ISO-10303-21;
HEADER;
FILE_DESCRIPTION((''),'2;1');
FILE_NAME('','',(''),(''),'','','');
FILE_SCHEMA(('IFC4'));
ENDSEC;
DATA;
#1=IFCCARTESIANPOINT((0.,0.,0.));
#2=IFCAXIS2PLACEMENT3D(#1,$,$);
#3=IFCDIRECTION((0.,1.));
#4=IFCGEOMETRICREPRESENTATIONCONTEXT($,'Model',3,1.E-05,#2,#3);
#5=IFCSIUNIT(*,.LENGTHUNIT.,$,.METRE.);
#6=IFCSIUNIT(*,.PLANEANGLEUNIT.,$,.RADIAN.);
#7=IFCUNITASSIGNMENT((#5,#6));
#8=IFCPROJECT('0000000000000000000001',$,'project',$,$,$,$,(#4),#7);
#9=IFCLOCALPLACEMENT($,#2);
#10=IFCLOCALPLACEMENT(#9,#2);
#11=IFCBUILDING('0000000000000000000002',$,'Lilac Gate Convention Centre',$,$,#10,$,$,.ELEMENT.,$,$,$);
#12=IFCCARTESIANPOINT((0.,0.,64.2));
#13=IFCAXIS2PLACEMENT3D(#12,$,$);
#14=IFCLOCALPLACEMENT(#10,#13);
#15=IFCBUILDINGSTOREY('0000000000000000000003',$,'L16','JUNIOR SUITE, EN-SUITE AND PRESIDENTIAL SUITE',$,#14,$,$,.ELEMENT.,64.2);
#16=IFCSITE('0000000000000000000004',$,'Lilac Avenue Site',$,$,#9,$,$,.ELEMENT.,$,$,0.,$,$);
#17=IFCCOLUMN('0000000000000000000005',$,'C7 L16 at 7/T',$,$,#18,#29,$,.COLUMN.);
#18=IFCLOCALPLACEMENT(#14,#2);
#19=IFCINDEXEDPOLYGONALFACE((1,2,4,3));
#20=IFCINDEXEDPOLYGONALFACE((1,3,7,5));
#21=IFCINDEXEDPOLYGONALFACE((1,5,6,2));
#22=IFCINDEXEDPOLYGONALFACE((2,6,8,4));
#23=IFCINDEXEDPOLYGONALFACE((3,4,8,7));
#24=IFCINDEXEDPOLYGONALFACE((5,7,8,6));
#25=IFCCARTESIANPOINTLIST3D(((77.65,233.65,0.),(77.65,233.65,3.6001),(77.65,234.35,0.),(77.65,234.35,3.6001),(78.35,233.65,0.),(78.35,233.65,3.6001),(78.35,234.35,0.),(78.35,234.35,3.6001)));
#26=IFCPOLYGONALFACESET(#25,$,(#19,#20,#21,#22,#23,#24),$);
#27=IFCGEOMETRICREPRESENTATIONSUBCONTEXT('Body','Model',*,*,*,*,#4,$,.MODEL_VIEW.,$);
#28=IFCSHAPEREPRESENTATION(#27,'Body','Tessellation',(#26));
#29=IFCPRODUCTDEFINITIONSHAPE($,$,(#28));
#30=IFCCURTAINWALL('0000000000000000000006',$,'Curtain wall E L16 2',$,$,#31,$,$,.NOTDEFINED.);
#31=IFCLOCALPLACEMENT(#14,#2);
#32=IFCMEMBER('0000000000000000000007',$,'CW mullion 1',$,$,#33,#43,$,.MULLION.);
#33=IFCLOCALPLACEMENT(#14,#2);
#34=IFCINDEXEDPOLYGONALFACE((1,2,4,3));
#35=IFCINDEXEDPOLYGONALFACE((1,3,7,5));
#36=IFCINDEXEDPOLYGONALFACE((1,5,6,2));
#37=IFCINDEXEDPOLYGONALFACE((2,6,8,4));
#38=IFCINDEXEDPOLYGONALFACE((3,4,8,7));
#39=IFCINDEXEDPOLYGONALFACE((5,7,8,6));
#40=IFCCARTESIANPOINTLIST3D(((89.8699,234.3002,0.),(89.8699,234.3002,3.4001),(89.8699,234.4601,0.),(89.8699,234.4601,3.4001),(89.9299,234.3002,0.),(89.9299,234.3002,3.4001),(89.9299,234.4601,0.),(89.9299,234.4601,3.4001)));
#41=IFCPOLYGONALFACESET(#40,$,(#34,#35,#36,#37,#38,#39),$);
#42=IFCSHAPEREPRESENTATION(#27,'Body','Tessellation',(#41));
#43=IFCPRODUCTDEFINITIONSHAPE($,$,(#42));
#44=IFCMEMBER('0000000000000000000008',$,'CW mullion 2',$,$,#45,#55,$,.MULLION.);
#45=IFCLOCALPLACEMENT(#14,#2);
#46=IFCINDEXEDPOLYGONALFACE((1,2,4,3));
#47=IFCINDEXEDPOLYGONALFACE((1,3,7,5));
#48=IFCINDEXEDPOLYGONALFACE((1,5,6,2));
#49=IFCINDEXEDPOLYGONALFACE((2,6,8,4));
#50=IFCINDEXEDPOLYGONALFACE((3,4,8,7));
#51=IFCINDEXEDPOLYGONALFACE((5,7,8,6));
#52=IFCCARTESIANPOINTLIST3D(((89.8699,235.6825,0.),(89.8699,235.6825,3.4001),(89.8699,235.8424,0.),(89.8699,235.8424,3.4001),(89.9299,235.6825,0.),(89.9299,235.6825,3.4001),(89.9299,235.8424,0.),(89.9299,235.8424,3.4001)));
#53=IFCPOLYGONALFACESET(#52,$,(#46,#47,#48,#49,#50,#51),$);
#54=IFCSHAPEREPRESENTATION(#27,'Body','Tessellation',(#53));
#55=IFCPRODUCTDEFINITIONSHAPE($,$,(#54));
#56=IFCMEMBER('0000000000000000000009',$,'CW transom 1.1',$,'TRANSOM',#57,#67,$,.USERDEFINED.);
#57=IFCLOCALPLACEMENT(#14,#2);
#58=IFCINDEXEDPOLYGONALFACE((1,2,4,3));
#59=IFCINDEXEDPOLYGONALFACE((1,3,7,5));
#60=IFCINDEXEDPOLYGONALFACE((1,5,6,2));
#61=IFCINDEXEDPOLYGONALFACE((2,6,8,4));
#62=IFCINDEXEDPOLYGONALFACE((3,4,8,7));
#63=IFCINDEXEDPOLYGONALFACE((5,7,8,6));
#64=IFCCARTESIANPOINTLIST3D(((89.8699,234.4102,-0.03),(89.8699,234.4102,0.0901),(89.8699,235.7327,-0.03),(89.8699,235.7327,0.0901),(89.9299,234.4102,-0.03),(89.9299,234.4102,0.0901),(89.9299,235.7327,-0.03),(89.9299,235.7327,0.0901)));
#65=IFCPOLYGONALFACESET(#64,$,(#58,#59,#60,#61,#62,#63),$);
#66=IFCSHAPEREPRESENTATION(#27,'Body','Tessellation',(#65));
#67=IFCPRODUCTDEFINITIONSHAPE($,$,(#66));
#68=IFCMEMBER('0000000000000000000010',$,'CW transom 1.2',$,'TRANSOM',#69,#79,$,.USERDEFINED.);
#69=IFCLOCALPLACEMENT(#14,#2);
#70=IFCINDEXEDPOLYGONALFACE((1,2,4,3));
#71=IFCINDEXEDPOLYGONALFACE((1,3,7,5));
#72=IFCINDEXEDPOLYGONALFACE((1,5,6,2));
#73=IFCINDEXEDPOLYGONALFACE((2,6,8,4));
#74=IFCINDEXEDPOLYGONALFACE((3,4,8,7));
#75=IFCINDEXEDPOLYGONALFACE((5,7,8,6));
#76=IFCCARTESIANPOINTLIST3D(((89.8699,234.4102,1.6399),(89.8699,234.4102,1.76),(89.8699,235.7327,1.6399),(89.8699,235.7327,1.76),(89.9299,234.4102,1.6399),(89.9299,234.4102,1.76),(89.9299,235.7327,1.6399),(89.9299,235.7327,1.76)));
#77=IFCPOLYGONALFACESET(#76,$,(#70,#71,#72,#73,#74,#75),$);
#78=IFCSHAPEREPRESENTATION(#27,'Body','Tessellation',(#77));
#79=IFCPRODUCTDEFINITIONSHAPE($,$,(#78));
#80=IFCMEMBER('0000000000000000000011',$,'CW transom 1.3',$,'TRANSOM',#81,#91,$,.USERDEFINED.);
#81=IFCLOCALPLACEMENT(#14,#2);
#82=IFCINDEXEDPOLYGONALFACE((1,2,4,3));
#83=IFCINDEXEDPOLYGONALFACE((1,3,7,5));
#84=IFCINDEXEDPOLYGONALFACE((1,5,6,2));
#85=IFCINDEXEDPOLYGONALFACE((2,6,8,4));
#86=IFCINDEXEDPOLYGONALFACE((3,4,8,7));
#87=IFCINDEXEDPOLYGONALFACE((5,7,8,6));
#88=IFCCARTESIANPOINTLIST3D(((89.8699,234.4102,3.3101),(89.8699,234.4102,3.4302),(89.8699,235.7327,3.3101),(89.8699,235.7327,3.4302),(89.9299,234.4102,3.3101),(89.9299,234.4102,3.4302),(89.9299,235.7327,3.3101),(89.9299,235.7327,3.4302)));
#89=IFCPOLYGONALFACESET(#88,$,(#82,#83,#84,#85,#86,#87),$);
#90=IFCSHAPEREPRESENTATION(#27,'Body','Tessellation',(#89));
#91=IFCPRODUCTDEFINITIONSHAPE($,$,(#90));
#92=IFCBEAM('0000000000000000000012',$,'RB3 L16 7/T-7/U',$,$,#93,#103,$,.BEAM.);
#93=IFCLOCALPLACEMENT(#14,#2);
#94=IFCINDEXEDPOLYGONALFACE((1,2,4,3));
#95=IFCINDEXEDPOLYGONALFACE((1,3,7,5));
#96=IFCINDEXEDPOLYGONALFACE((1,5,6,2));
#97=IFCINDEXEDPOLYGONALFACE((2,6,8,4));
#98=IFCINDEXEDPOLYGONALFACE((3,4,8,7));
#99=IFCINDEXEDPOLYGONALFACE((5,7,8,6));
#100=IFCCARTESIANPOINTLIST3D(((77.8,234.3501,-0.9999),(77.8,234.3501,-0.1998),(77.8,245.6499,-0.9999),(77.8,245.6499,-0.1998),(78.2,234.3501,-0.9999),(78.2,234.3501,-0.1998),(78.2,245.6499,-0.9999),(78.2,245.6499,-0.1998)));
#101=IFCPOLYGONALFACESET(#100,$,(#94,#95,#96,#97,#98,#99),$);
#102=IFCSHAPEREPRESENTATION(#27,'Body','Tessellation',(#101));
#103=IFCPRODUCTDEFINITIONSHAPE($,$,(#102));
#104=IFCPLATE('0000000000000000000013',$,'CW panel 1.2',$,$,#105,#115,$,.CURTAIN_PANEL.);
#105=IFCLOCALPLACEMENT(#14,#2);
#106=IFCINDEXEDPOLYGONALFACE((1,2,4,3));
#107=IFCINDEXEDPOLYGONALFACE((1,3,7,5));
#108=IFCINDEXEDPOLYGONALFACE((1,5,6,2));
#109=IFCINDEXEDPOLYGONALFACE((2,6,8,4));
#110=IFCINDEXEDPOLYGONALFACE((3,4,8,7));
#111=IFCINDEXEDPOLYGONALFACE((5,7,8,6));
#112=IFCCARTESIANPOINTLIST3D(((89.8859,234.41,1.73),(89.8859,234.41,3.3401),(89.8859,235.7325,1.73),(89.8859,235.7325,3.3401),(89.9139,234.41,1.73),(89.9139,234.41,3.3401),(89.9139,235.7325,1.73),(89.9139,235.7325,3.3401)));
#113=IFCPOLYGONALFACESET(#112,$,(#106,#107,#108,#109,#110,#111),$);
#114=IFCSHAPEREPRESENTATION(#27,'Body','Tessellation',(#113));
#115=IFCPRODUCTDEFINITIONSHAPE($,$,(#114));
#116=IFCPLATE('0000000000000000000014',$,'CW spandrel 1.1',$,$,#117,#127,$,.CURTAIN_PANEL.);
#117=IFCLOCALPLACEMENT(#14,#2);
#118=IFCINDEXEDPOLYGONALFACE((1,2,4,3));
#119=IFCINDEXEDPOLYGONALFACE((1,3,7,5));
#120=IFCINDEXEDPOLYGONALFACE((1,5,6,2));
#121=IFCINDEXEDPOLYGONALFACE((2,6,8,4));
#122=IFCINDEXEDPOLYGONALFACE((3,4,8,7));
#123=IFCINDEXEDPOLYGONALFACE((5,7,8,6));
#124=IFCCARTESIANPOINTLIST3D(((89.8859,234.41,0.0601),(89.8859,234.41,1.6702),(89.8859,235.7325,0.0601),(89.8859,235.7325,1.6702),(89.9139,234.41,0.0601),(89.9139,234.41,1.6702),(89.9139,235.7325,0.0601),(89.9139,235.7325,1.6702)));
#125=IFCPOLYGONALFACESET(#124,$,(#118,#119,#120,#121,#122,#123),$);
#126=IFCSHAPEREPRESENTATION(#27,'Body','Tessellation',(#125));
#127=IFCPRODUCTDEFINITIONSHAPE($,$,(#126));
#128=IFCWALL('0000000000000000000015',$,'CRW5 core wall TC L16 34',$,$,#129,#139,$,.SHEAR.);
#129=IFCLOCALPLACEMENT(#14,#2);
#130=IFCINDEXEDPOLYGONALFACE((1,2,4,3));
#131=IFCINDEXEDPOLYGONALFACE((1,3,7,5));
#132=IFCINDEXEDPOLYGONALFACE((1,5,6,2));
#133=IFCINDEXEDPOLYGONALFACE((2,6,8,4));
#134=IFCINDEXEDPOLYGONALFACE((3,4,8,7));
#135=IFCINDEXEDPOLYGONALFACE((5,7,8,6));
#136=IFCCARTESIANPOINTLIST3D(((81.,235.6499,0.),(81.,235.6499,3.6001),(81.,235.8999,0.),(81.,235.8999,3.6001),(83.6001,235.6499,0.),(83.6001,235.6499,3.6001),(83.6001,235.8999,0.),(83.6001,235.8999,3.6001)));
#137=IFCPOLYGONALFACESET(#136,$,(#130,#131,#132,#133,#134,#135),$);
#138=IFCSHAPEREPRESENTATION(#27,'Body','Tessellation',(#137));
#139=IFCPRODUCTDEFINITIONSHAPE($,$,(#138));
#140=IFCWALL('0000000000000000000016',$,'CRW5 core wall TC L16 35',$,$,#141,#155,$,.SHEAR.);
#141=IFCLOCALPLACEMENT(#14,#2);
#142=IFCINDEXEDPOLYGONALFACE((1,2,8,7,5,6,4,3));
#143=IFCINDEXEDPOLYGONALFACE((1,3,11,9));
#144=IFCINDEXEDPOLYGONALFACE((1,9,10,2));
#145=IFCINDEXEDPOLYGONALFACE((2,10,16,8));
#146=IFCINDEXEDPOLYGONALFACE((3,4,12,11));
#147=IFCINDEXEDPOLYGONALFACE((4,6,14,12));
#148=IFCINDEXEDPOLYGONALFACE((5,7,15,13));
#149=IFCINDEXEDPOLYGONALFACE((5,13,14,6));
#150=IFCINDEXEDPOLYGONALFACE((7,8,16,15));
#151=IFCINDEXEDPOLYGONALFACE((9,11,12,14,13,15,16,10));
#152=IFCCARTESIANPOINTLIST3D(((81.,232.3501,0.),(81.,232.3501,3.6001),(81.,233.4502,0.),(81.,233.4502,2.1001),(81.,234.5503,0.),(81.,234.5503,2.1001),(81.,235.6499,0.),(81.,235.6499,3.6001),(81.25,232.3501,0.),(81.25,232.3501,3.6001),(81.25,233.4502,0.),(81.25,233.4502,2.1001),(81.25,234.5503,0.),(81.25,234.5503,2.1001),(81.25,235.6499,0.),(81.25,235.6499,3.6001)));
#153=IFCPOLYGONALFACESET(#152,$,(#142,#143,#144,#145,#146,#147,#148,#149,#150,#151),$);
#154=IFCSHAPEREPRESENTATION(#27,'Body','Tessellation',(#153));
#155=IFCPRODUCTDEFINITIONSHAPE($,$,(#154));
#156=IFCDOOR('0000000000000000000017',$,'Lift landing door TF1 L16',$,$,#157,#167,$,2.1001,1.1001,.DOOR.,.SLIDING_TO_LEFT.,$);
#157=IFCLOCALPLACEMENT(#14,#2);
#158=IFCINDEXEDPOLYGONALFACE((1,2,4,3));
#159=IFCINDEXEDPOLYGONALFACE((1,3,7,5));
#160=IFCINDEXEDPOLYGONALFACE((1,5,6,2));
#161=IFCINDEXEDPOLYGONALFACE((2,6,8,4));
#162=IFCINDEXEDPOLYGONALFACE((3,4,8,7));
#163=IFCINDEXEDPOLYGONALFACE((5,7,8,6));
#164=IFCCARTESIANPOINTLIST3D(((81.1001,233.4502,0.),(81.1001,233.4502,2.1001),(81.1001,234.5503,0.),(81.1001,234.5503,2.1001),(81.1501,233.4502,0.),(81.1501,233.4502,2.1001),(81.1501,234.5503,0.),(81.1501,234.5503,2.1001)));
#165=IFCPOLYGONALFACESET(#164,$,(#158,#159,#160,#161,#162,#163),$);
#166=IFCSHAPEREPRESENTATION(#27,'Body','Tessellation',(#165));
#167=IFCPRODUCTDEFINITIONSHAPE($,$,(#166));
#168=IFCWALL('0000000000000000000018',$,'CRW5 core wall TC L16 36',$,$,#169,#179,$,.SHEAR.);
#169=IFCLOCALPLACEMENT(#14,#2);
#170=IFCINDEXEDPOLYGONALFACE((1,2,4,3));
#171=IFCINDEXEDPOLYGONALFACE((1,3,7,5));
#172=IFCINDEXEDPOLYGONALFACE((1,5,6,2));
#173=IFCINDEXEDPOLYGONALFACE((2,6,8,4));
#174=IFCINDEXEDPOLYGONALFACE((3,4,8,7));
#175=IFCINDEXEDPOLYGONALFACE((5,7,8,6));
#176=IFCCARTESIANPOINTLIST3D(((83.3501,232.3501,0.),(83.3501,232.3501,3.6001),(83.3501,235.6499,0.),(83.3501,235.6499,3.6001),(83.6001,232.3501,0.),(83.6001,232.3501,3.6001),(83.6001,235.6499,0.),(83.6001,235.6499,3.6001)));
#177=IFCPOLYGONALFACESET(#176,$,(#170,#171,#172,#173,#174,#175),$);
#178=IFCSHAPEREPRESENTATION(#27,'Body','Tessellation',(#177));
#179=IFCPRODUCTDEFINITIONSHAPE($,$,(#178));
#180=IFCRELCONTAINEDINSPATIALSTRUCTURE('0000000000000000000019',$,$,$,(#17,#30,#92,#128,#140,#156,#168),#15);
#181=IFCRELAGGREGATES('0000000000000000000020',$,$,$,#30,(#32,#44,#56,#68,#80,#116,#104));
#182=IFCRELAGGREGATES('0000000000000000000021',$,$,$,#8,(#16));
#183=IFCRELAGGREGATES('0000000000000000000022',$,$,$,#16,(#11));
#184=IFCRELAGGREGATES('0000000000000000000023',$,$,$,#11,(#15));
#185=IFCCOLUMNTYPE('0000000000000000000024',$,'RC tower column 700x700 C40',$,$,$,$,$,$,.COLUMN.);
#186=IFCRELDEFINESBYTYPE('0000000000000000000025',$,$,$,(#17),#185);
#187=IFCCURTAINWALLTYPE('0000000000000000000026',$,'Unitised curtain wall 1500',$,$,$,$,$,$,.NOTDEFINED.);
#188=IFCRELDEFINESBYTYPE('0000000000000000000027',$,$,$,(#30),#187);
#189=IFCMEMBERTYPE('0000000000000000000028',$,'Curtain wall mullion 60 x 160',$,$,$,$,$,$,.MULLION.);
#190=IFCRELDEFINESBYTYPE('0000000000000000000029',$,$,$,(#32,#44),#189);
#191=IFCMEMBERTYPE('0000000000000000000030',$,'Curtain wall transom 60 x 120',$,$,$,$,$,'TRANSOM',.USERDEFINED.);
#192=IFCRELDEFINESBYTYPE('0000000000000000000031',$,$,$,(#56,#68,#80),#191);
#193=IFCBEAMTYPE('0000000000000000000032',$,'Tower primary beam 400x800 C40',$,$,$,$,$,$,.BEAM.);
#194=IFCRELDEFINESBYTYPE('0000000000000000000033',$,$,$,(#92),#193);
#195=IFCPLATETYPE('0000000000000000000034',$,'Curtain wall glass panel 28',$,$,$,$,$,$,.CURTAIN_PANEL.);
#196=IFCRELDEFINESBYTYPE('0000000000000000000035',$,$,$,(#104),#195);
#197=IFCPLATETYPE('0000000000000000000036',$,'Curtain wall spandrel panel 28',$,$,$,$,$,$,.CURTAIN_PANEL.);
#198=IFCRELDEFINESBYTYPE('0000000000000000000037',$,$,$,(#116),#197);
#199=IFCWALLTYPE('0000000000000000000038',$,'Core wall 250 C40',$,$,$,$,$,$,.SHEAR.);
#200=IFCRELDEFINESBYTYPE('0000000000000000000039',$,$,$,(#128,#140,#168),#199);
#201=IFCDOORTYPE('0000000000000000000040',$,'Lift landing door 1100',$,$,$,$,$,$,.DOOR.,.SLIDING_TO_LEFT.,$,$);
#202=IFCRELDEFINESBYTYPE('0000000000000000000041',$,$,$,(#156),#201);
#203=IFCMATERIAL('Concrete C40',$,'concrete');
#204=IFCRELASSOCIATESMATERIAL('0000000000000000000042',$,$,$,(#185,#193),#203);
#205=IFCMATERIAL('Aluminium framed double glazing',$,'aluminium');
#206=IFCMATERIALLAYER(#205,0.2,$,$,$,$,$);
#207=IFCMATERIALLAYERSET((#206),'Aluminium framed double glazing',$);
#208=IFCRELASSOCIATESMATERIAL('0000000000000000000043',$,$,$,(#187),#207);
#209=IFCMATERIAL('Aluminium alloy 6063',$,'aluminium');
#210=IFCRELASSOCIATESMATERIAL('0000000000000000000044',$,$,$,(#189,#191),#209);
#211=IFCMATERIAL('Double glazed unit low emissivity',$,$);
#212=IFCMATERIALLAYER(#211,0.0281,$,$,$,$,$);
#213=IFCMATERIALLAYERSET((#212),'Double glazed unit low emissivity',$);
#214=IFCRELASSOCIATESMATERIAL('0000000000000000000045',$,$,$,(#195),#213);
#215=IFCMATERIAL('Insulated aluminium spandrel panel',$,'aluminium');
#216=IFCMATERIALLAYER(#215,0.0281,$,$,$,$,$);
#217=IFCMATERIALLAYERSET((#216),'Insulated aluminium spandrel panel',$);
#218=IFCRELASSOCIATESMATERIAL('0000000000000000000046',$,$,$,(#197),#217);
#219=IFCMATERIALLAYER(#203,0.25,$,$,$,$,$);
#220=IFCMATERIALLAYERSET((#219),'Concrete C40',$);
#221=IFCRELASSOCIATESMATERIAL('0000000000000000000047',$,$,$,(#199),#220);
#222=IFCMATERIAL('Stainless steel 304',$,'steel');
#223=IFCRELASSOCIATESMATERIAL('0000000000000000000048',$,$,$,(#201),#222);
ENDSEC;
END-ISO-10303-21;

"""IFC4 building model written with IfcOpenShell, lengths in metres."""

from ifc_helpers import new_model, si_unit, direction, frame, frame_2d, origin, origin_2d, place, context, subcontext, project, spatial, rectangle, extrude, material, layer, layer_set, material_profile, profile_set, type_object, element, fill, aggregate, save


model = new_model("IFC4")

# Units and contexts
model_context = context("Model", 3, precision=1e-05, world=origin(), true_north=direction((0.0, 1.0)))
body_context = subcontext(model_context, "Body", "Model", "MODEL_VIEW")
ifc_project = project(units=[si_unit("LENGTHUNIT", "METRE"), si_unit("PLANEANGLEUNIT", "RADIAN")], contexts=[model_context])

# Site, building, storey
site_placement = place(None, origin())
site = spatial("IfcSite", under=ifc_project, at=site_placement, Name="Lilac Avenue Site", CompositionType="ELEMENT", RefElevation=0.0)
building_placement = place(site_placement, origin())
building = spatial("IfcBuilding", under=site, at=building_placement, Name="Lilac Gate Convention Centre", CompositionType="ELEMENT")
storey_placement = place(building_placement, frame((0.0, 0.0, 64.2)))
storey = spatial("IfcBuildingStorey", under=building, at=storey_placement, Name="L16", Description="JUNIOR SUITE, EN-SUITE AND PRESIDENTIAL SUITE", CompositionType="ELEMENT", Elevation=64.2)

# Column
ifc_material_1 = material(Name="Concrete C40", Category="concrete")
ifc_material_profile_1 = material_profile(ifc_material_1, rectangle(XDim=0.7, YDim=0.7, at=origin_2d()), Name="RC 700x700")
ifc_profile_set_1 = profile_set([ifc_material_profile_1], Name="Concrete C40")
column_type = type_object("IfcColumnType", Name="RC tower column 700x700 C40", PredefinedType="COLUMN", material=ifc_profile_set_1)
column_placement = place(storey_placement, frame((78.0, 234.0, 0.0), z_axis=(0.0, 0.0, 1.0), x_axis=(1.0, 0.0, 0.0)))
element("IfcColumn", 1, at=column_placement, inside=storey, type_object=column_type, Name="C7 L16 at 7/T", PredefinedType="COLUMN", context=body_context, shape_type="SweptSolid", body=[
    extrude(rectangle(XDim=0.7, YDim=0.7, at=origin_2d()), origin(), (0.0, 0.0, 1.0), 3.6001),
])

# Curtain wall, members
ifc_material_2 = material(Name="Aluminium framed double glazing", Category="aluminium")
ifc_layer_1 = layer(ifc_material_2, 0.2)
ifc_layer_set_1 = layer_set([ifc_layer_1], Name="Aluminium framed double glazing")
curtain_wall_type = type_object("IfcCurtainWallType", Name="Unitised curtain wall 1500", PredefinedType="NOTDEFINED", material=ifc_layer_set_1)
curtain_wall_placement = place(storey_placement, origin())
curtain_wall = element("IfcCurtainWall", 2, at=curtain_wall_placement, inside=storey, type_object=curtain_wall_type, Name="Curtain wall E L16 2", PredefinedType="NOTDEFINED")
ifc_material_3 = material(Name="Aluminium alloy 6063", Category="aluminium")
ifc_material_profile_2 = material_profile(ifc_material_3, rectangle(XDim=0.0601, YDim=0.1599, at=origin_2d()), Name="Curtain wall mullion 60 x 160")
ifc_profile_set_2 = profile_set([ifc_material_profile_2], Name="Aluminium alloy 6063")
member_type_1 = type_object("IfcMemberType", Name="Curtain wall mullion 60 x 160", PredefinedType="MULLION", material=ifc_profile_set_2)
member_1_placement = place(storey_placement, frame((89.8999, 234.3801, 0.0), z_axis=(0.0, 0.0, 1.0), x_axis=(-1.0, 0.0, 0.0)))
member_1 = element("IfcMember", 3, at=member_1_placement, type_object=member_type_1, Name="CW mullion 1", PredefinedType="MULLION", context=body_context, shape_type="SweptSolid", body=[
    extrude(rectangle(XDim=0.0601, YDim=0.1599, at=origin_2d()), origin(), (0.0, 0.0, 1.0), 3.4001),
])
member_2_placement = place(storey_placement, frame((89.8999, 235.7625, 0.0), z_axis=(0.0, 0.0, 1.0), x_axis=(-1.0, 0.0, 0.0)))
member_2 = element("IfcMember", 4, at=member_2_placement, type_object=member_type_1, Name="CW mullion 2", PredefinedType="MULLION", context=body_context, shape_type="SweptSolid", body=[
    extrude(rectangle(XDim=0.0601, YDim=0.1599, at=origin_2d()), origin(), (0.0, 0.0, 1.0), 3.4001),
])
ifc_material_profile_3 = material_profile(ifc_material_3, rectangle(XDim=0.0601, YDim=0.1201, at=origin_2d()), Name="Curtain wall transom 60 x 120")
ifc_profile_set_3 = profile_set([ifc_material_profile_3], Name="Aluminium alloy 6063")
member_type_2 = type_object("IfcMemberType", Name="Curtain wall transom 60 x 120", ElementType="TRANSOM", PredefinedType="USERDEFINED", material=ifc_profile_set_3)
member_3_placement = place(storey_placement, frame((89.8999, 234.4102, 0.03), z_axis=(0.0, 1.0, 0.0), x_axis=(-1.0, 0.0, 0.0)))
member_3 = element("IfcMember", 5, at=member_3_placement, type_object=member_type_2, Name="CW transom 1.1", ObjectType="TRANSOM", PredefinedType="USERDEFINED", context=body_context, shape_type="SweptSolid", body=[
    extrude(rectangle(XDim=0.0601, YDim=0.1201, at=origin_2d()), origin(), (0.0, 0.0, 1.0), 1.3225),
])
member_4_placement = place(storey_placement, frame((89.8999, 234.4102, 1.7), z_axis=(0.0, 1.0, 0.0), x_axis=(-1.0, 0.0, 0.0)))
member_4 = element("IfcMember", 6, at=member_4_placement, type_object=member_type_2, Name="CW transom 1.2", ObjectType="TRANSOM", PredefinedType="USERDEFINED", context=body_context, shape_type="SweptSolid", body=[
    extrude(rectangle(XDim=0.0601, YDim=0.1201, at=origin_2d()), origin(), (0.0, 0.0, 1.0), 1.3225),
])
member_5_placement = place(storey_placement, frame((89.8999, 234.4102, 3.3701), z_axis=(0.0, 1.0, 0.0), x_axis=(-1.0, 0.0, 0.0)))
member_5 = element("IfcMember", 7, at=member_5_placement, type_object=member_type_2, Name="CW transom 1.3", ObjectType="TRANSOM", PredefinedType="USERDEFINED", context=body_context, shape_type="SweptSolid", body=[
    extrude(rectangle(XDim=0.0601, YDim=0.1201, at=origin_2d()), origin(), (0.0, 0.0, 1.0), 1.3225),
])

# Beam
ifc_material_profile_4 = material_profile(ifc_material_1, rectangle(XDim=0.3999, YDim=0.8, at=origin_2d()), Name="RC 400x800")
ifc_profile_set_4 = profile_set([ifc_material_profile_4], Name="Concrete C40")
beam_type = type_object("IfcBeamType", Name="Tower primary beam 400x800 C40", PredefinedType="BEAM", material=ifc_profile_set_4)
beam_placement = place(storey_placement, frame((78.0, 234.3501, -0.5999), z_axis=(0.0, 1.0, 0.0), x_axis=(-1.0, 0.0, 0.0)))
element("IfcBeam", 8, at=beam_placement, inside=storey, type_object=beam_type, Name="RB3 L16 7/T-7/U", PredefinedType="BEAM", context=body_context, shape_type="SweptSolid", body=[
    extrude(rectangle(XDim=0.3999, YDim=0.8, at=origin_2d()), origin(), (0.0, 0.0, 1.0), 11.2998),
])

# Plates
ifc_material_4 = material(Name="Double glazed unit low emissivity")
ifc_layer_2 = layer(ifc_material_4, 0.0281)
ifc_layer_set_2 = layer_set([ifc_layer_2], Name="Double glazed unit low emissivity")
plate_type_1 = type_object("IfcPlateType", Name="Curtain wall glass panel 28", PredefinedType="CURTAIN_PANEL", material=ifc_layer_set_2)
plate_1_placement = place(storey_placement, frame((89.8999, 235.0713, 1.73), z_axis=(0.0, 0.0, 1.0), x_axis=(0.0, 1.0, 0.0)))
plate_1 = element("IfcPlate", 9, at=plate_1_placement, type_object=plate_type_1, Name="CW panel 1.2", PredefinedType="CURTAIN_PANEL", context=body_context, shape_type="SweptSolid", body=[
    extrude(rectangle(XDim=1.3225, YDim=0.0281, at=origin_2d()), origin(), (0.0, 0.0, 1.0), 1.6101),
])
ifc_material_5 = material(Name="Insulated aluminium spandrel panel", Category="aluminium")
ifc_layer_3 = layer(ifc_material_5, 0.0281)
ifc_layer_set_3 = layer_set([ifc_layer_3], Name="Insulated aluminium spandrel panel")
plate_type_2 = type_object("IfcPlateType", Name="Curtain wall spandrel panel 28", PredefinedType="CURTAIN_PANEL", material=ifc_layer_set_3)
plate_2_placement = place(storey_placement, frame((89.8999, 235.0713, 0.0601), z_axis=(0.0, 0.0, 1.0), x_axis=(0.0, 1.0, 0.0)))
plate_2 = element("IfcPlate", 10, at=plate_2_placement, type_object=plate_type_2, Name="CW spandrel 1.1", PredefinedType="CURTAIN_PANEL", context=body_context, shape_type="SweptSolid", body=[
    extrude(rectangle(XDim=1.3225, YDim=0.0281, at=origin_2d()), origin(), (0.0, 0.0, 1.0), 1.6101),
])
aggregate(curtain_wall, [member_1, member_2, member_3, member_4, member_5, plate_2, plate_1])

# Wall
ifc_layer_4 = layer(ifc_material_1, 0.25)
ifc_layer_set_4 = layer_set([ifc_layer_4], Name="Concrete C40")
wall_type_1 = type_object("IfcWallType", Name="Core wall 250 C40", PredefinedType="SHEAR", material=ifc_layer_set_4)
wall_1_placement = place(storey_placement, frame((81.0, 235.7749, 0.0), z_axis=(0.0, 0.0, 1.0), x_axis=(1.0, 0.0, 0.0)))
element("IfcWall", 11, at=wall_1_placement, inside=storey, type_object=wall_type_1, Name="CRW5 core wall TC L16 34", PredefinedType="SHEAR", context=body_context, shape_type="SweptSolid", body=[
    extrude(rectangle(XDim=2.6001, YDim=0.25, at=frame_2d((1.3, 0.0))), origin(), (0.0, 0.0, 1.0), 3.6001),
])

# Wall, opening, door
wall_2_placement = place(storey_placement, frame((81.125, 232.3501, 0.0), z_axis=(0.0, 0.0, 1.0), x_axis=(0.0, 1.0, 0.0)))
wall_2 = element("IfcWall", 12, at=wall_2_placement, inside=storey, type_object=wall_type_1, Name="CRW5 core wall TC L16 35", PredefinedType="SHEAR", context=body_context, shape_type="SweptSolid", body=[
    extrude(rectangle(XDim=3.2998, YDim=0.25, at=frame_2d((1.6499, 0.0))), origin(), (0.0, 0.0, 1.0), 3.6001),
])
opening_1_placement = place(wall_2_placement, frame((1.1001, 0.0, 0.0)))
opening_1 = element("IfcOpeningElement", 13, at=opening_1_placement, cuts=wall_2, PredefinedType="OPENING", context=body_context, shape_type="SweptSolid", body=[
    extrude(rectangle(XDim=1.1001, YDim=2.1001, at=frame_2d((0.55, 1.05))), frame((0.0, 0.135, 0.0), z_axis=(0.0, -1.0, 0.0), x_axis=(1.0, 0.0, 0.0)), (0.0, 0.0, 1.0), 0.27),
])
ifc_material_6 = material(Name="Stainless steel 304", Category="steel")
door_type_1 = type_object("IfcDoorType", Name="Lift landing door 1100", OperationType="SLIDING_TO_LEFT", PredefinedType="DOOR", material=ifc_material_6)
door_1_placement = place(opening_1_placement, origin())
door_1 = element("IfcDoor", 14, at=door_1_placement, inside=storey, type_object=door_type_1, Name="Lift landing door TF1 L16", OperationType="SLIDING_TO_LEFT", OverallHeight=2.1001, OverallWidth=1.1001, PredefinedType="DOOR", context=body_context, shape_type="SweptSolid", body=[
    extrude(rectangle(XDim=1.1001, YDim=2.1001, at=frame_2d((0.55, 1.05))), frame((0.0, 0.0249, 0.0), z_axis=(0.0, -1.0, 0.0), x_axis=(1.0, 0.0, 0.0)), (0.0, 0.0, 1.0), 0.05),
])
fill(opening_1, door_1)

# Wall
wall_3_placement = place(storey_placement, frame((83.4751, 232.3501, 0.0), z_axis=(0.0, 0.0, 1.0), x_axis=(0.0, 1.0, 0.0)))
element("IfcWall", 15, at=wall_3_placement, inside=storey, type_object=wall_type_1, Name="CRW5 core wall TC L16 36", PredefinedType="SHEAR", context=body_context, shape_type="SweptSolid", body=[
    extrude(rectangle(XDim=3.2998, YDim=0.25, at=frame_2d((1.6499, 0.0))), origin(), (0.0, 0.0, 1.0), 3.6001),
])

save(model, "model.ifc")
